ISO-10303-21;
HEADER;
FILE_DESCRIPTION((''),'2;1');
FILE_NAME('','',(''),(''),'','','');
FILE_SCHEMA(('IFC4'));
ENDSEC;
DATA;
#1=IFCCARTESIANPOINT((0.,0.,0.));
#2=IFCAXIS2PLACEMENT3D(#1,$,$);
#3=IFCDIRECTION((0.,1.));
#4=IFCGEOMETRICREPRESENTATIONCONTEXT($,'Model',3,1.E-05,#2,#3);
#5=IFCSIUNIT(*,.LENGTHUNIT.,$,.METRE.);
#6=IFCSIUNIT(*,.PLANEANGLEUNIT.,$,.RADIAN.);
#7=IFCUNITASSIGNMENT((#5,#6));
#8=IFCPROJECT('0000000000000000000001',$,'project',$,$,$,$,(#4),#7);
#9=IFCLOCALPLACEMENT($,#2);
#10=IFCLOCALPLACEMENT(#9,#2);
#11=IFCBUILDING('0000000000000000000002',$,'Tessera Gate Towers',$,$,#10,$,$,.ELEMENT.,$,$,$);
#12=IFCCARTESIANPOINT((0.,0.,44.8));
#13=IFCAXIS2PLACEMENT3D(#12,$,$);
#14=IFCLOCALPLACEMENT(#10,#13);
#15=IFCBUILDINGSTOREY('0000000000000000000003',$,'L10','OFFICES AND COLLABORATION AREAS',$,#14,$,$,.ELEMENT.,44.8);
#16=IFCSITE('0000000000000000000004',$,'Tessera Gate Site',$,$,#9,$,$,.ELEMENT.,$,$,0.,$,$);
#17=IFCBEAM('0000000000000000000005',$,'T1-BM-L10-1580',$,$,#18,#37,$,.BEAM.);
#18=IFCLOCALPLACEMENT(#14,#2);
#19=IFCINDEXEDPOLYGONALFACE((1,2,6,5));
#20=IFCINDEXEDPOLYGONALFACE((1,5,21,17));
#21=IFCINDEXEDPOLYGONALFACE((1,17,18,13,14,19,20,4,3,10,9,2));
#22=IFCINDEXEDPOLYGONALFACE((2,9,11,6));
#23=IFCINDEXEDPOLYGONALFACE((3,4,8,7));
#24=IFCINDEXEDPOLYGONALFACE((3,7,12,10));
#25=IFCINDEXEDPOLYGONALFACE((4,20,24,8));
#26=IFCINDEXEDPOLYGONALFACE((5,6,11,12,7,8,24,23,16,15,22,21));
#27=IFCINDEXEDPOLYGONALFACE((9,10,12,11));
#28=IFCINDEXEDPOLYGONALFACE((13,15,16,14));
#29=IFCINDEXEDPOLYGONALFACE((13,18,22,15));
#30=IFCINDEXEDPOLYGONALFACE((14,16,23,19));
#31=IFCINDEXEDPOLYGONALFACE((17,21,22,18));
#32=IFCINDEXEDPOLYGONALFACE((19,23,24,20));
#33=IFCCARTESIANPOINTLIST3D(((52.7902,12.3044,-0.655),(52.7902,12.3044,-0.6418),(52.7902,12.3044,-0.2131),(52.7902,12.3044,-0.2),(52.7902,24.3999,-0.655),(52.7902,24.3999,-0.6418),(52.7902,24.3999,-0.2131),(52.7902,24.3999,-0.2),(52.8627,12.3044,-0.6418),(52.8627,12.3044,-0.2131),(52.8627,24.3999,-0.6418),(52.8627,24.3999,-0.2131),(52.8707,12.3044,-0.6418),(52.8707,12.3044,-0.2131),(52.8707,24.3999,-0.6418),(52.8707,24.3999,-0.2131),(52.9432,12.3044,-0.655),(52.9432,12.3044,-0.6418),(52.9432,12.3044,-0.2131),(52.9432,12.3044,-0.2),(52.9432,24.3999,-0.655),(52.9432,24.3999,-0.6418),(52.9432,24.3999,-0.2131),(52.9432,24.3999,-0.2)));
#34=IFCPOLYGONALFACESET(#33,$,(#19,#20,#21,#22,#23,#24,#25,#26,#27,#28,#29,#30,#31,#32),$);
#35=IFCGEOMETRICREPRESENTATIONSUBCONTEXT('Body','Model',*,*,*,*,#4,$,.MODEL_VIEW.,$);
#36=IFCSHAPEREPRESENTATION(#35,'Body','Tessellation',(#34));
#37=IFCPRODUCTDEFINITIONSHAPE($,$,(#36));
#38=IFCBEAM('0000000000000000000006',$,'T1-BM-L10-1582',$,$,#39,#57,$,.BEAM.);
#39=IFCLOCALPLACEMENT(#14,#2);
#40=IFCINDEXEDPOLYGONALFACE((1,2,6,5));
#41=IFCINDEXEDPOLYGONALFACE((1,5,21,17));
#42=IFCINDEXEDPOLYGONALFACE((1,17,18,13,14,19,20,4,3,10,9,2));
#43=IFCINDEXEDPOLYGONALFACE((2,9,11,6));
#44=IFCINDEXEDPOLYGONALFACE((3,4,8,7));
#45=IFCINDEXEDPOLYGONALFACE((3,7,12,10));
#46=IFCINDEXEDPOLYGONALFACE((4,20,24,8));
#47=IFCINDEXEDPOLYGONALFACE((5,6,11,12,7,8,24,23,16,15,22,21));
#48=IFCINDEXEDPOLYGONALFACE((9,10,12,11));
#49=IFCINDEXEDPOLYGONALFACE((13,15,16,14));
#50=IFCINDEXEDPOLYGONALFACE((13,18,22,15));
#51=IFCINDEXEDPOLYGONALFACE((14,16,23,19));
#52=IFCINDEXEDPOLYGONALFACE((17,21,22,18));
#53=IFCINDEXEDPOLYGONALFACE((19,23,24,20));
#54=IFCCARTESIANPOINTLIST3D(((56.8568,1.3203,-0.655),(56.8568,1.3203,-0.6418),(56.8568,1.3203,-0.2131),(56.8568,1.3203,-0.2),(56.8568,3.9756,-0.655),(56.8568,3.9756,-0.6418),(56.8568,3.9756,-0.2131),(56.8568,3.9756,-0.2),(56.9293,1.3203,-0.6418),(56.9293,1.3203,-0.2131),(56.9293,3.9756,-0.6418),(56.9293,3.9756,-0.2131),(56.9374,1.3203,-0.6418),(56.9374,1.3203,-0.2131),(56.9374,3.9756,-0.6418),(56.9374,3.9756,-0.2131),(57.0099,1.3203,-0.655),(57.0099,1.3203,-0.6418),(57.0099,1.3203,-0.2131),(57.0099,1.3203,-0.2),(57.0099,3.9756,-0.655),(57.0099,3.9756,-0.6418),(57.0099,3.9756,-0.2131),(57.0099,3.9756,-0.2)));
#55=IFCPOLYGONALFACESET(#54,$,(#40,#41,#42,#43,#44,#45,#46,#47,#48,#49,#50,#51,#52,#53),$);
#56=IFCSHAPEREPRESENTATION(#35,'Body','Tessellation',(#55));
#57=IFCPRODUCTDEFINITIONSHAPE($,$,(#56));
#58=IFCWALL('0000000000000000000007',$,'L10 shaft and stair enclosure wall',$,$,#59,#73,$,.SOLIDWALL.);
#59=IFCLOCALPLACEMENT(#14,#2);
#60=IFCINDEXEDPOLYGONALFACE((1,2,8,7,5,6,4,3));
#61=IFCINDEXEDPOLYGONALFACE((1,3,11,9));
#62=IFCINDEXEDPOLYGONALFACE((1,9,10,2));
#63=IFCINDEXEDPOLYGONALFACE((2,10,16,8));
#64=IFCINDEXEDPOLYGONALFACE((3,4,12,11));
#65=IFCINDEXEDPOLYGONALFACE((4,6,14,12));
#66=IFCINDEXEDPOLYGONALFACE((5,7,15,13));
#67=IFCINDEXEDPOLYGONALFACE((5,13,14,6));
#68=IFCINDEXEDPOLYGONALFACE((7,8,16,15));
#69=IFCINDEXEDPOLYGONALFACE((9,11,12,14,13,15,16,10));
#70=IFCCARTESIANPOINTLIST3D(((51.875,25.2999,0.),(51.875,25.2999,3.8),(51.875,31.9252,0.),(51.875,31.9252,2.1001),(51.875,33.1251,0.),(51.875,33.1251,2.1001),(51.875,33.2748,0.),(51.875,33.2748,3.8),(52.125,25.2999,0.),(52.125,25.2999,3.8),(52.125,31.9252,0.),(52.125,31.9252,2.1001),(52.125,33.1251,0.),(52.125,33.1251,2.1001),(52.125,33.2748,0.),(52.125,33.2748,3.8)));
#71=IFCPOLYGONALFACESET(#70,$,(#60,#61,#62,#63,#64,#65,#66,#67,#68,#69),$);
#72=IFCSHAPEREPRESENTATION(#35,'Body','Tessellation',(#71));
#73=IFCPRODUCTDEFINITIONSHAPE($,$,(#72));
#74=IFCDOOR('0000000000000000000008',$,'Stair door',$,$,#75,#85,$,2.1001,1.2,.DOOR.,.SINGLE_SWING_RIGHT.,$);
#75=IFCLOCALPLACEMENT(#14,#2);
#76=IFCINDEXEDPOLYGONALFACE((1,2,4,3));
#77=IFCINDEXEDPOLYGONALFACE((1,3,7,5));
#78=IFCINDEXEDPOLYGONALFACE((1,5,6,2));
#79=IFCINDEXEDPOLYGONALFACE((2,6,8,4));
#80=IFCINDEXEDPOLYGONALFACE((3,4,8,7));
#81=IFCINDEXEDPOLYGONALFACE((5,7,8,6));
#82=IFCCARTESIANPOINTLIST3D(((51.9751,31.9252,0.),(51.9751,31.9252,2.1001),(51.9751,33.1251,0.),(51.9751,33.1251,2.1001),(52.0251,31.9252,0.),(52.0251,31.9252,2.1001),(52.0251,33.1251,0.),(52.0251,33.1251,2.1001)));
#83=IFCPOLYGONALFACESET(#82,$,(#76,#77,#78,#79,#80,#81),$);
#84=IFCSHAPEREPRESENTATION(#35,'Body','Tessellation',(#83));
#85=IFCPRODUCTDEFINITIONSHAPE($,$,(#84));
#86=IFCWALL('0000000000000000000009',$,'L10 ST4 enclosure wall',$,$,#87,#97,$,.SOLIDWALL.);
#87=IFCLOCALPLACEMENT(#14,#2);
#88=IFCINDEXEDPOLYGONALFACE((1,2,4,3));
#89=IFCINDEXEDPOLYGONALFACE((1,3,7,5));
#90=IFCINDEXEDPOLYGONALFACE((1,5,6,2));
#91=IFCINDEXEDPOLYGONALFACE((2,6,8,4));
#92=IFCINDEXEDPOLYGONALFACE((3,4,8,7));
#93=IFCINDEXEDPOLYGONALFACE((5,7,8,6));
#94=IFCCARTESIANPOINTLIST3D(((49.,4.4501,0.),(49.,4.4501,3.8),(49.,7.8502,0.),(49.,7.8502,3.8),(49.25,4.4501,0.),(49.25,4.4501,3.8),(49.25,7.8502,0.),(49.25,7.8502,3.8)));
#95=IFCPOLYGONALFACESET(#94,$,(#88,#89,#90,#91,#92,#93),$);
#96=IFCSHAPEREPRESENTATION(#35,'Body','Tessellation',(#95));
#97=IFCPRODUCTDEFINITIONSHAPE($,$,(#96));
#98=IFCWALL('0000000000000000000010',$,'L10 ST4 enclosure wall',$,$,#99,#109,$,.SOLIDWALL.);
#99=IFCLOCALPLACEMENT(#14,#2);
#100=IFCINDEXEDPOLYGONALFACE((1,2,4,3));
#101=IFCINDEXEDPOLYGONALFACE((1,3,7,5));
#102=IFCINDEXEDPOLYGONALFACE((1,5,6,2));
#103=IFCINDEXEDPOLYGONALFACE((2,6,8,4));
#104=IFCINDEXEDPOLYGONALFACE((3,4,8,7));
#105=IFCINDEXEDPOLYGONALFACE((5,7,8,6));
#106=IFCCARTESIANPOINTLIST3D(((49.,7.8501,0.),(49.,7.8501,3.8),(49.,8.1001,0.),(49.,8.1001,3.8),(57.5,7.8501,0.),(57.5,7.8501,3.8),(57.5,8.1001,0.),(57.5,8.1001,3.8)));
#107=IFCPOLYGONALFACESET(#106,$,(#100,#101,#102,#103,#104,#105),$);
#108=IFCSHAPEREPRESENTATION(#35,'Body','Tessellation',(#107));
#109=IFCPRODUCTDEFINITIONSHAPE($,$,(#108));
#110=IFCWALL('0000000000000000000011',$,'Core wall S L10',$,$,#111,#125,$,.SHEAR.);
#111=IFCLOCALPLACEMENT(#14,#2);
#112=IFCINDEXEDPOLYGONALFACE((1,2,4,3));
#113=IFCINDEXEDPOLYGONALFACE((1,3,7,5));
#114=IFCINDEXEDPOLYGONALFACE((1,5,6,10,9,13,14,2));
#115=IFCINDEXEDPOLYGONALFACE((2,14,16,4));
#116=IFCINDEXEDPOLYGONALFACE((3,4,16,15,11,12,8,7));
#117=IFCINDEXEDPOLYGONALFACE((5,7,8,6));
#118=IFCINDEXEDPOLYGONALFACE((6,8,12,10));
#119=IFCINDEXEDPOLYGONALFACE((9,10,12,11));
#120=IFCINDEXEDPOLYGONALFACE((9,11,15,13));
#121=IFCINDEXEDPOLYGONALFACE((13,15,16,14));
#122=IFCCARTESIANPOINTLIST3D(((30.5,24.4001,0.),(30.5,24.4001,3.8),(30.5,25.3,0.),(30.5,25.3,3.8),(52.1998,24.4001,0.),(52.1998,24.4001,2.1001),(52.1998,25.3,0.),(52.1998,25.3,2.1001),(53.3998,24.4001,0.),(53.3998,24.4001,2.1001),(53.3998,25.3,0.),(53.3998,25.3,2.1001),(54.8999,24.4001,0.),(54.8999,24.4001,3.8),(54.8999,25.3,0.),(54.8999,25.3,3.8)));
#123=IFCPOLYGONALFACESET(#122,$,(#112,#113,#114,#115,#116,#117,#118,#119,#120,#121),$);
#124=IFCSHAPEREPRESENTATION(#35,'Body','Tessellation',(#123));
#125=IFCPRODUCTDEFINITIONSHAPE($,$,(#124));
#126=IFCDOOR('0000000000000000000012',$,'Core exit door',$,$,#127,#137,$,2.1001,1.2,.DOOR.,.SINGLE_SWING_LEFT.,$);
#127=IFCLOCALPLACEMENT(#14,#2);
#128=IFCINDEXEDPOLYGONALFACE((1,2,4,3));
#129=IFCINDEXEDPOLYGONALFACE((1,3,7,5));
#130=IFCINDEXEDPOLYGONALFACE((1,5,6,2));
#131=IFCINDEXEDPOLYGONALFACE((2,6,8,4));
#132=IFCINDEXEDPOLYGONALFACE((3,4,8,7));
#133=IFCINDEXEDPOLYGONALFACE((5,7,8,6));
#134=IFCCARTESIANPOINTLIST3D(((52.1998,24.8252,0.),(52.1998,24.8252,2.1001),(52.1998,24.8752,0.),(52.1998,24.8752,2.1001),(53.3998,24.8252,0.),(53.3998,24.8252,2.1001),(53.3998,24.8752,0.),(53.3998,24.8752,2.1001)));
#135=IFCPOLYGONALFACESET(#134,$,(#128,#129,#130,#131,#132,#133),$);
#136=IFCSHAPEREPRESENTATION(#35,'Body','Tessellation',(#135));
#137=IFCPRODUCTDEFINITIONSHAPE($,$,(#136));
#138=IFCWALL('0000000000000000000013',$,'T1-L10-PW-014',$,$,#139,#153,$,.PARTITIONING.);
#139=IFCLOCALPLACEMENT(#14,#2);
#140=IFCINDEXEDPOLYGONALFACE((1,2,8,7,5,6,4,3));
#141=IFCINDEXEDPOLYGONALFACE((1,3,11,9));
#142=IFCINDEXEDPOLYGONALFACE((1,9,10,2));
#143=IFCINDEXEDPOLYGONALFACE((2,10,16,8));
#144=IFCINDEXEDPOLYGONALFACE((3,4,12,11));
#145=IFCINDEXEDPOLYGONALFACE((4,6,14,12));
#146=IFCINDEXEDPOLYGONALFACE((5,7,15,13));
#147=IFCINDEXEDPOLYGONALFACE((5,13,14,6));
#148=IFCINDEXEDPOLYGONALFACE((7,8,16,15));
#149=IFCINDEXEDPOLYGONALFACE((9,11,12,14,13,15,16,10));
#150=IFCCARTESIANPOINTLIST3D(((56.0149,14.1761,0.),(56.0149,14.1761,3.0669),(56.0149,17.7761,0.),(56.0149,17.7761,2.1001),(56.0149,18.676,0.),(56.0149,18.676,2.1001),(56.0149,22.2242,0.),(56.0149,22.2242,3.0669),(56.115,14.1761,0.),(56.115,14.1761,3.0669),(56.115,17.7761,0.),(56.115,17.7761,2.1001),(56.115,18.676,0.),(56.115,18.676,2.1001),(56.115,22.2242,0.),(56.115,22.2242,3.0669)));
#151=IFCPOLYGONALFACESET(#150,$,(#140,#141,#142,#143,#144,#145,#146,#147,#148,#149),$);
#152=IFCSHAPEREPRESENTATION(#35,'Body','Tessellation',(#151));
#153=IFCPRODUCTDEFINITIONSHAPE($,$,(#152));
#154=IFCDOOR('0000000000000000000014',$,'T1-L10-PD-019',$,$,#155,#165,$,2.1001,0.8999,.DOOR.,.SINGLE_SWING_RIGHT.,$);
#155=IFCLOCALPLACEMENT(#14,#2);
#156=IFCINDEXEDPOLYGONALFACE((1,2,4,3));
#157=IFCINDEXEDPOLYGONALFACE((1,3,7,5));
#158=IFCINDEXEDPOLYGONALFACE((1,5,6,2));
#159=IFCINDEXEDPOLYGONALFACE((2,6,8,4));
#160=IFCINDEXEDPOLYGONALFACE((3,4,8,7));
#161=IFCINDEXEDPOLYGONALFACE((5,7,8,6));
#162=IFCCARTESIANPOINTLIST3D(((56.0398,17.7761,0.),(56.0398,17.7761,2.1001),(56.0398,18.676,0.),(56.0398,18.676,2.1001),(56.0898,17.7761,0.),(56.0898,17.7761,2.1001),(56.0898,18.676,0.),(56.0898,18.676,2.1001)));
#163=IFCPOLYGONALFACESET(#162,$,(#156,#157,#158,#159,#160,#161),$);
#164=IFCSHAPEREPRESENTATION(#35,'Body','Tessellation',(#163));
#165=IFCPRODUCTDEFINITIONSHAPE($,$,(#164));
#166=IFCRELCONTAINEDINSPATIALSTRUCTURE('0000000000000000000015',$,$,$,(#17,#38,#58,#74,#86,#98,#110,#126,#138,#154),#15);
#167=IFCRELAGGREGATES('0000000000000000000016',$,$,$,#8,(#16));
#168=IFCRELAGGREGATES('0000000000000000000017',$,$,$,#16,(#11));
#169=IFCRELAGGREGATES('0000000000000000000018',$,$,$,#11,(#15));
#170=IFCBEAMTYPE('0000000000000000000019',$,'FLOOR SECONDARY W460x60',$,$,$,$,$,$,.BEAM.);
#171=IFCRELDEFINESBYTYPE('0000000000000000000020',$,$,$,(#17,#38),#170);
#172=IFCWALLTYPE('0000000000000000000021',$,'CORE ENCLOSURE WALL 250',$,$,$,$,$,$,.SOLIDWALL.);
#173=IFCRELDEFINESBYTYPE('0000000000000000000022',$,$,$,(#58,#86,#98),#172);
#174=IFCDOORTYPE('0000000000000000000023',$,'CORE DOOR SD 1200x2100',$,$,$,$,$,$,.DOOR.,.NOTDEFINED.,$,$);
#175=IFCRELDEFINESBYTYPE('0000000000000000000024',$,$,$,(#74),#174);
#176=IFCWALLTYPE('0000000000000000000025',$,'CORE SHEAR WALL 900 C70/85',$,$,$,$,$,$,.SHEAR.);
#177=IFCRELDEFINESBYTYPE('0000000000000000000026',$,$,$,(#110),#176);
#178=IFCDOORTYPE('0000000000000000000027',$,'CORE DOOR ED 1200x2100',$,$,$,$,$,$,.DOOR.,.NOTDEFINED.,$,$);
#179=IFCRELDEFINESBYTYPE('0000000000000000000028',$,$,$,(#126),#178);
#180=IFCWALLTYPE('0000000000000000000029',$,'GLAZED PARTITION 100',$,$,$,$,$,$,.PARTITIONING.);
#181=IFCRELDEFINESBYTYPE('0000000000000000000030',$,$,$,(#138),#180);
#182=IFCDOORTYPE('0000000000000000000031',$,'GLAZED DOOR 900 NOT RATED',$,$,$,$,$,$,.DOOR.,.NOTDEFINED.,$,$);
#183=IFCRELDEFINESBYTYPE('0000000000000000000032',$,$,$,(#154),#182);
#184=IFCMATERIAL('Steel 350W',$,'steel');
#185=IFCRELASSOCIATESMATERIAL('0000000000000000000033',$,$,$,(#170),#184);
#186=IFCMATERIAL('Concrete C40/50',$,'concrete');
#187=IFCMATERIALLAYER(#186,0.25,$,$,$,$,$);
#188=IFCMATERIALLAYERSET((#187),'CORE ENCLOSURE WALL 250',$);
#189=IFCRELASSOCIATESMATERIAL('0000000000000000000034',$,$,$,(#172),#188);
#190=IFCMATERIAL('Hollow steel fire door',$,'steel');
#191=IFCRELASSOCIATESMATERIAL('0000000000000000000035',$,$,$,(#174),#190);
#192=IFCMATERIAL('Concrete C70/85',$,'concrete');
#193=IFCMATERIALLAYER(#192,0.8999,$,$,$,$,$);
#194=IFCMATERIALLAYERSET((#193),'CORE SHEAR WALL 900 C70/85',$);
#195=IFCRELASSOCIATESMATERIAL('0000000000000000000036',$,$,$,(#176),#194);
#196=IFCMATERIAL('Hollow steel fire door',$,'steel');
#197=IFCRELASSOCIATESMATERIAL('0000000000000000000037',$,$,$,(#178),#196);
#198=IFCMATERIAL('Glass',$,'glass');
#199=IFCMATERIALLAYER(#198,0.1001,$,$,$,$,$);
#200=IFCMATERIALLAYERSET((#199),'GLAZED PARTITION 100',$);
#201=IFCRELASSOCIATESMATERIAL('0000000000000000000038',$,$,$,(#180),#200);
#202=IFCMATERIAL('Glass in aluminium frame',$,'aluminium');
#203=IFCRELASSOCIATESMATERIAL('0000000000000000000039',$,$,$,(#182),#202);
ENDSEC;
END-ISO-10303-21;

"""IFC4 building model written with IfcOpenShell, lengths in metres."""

from ifc_helpers import new_model, si_unit, direction, frame, frame_2d, origin, origin_2d, place, context, subcontext, project, spatial, rectangle, i_section, extrude, source, transform, mapped, material, layer, layer_set, material_profile, profile_set, type_object, element, fill, save


model = new_model("IFC4")

# Units and contexts
model_context = context("Model", 3, precision=1e-05, world=origin(), true_north=direction((0.0, 1.0)))
body_context = subcontext(model_context, "Body", "Model", "MODEL_VIEW")
ifc_project = project(units=[si_unit("LENGTHUNIT", "METRE"), si_unit("PLANEANGLEUNIT", "RADIAN")], contexts=[model_context])

# Site, building, storey
site_placement = place(None, origin())
site = spatial("IfcSite", under=ifc_project, at=site_placement, Name="Tessera Gate Site", CompositionType="ELEMENT", RefElevation=0.0)
building_placement = place(site_placement, origin())
building = spatial("IfcBuilding", under=site, at=building_placement, Name="Tessera Gate Towers", CompositionType="ELEMENT")
storey_placement = place(building_placement, frame((0.0, 0.0, 44.8)))
storey = spatial("IfcBuildingStorey", under=building, at=storey_placement, Name="L10", Description="OFFICES AND COLLABORATION AREAS", CompositionType="ELEMENT", Elevation=44.8)

# Beams
ifc_material_1 = material(Name="Steel 350W", Category="steel")
ifc_material_profile_1 = material_profile(ifc_material_1, i_section(OverallWidth=0.1531, OverallDepth=0.4551, WebThickness=0.0081, FlangeThickness=0.0132, at=origin_2d()), Name="W460x60")
ifc_profile_set_1 = profile_set([ifc_material_profile_1], Name="Steel 350W")
beam_type_1 = type_object("IfcBeamType", Name="FLOOR SECONDARY W460x60", PredefinedType="BEAM", material=ifc_profile_set_1)
beam_1_placement = place(storey_placement, frame((52.8667, 12.3044, -0.4275), z_axis=(0.0, 1.0, 0.0), x_axis=(-1.0, 0.0, 0.0)))
element("IfcBeam", 1, at=beam_1_placement, inside=storey, type_object=beam_type_1, Name="T1-BM-L10-1580", PredefinedType="BEAM", context=body_context, shape_type="SweptSolid", body=[
    extrude(i_section(OverallWidth=0.1531, OverallDepth=0.4551, WebThickness=0.0081, FlangeThickness=0.0132, at=origin_2d()), origin(), (0.0, 0.0, 1.0), 12.0955),
])
beam_2_placement = place(storey_placement, frame((56.9333, 1.3203, -0.4275), z_axis=(0.0, 1.0, 0.0), x_axis=(-1.0, 0.0, 0.0)))
element("IfcBeam", 2, at=beam_2_placement, inside=storey, type_object=beam_type_1, Name="T1-BM-L10-1582", PredefinedType="BEAM", context=body_context, shape_type="SweptSolid", body=[
    extrude(i_section(OverallWidth=0.1531, OverallDepth=0.4551, WebThickness=0.0081, FlangeThickness=0.0132, at=origin_2d()), origin(), (0.0, 0.0, 1.0), 2.6553),
])

# Wall, opening, door
ifc_material_2 = material(Name="Concrete C40/50", Category="concrete")
ifc_layer_1 = layer(ifc_material_2, 0.25)
ifc_layer_set_1 = layer_set([ifc_layer_1], Name="CORE ENCLOSURE WALL 250")
wall_type_1 = type_object("IfcWallType", Name="CORE ENCLOSURE WALL 250", PredefinedType="SOLIDWALL", material=ifc_layer_set_1)
wall_1_placement = place(storey_placement, frame((52.0, 25.3, 0.0), z_axis=(0.0, 0.0, 1.0), x_axis=(0.0, 1.0, 0.0)))
wall_1 = element("IfcWall", 3, at=wall_1_placement, inside=storey, type_object=wall_type_1, Name="L10 shaft and stair enclosure wall", PredefinedType="SOLIDWALL", context=body_context, shape_type="SweptSolid", body=[
    extrude(rectangle(XDim=7.9749, YDim=0.25, at=frame_2d((3.9873, 0.0))), origin(), (0.0, 0.0, 1.0), 3.8),
])
shared_shape_1 = source(origin(), body_context, "Body", "SweptSolid", [
    extrude(rectangle(XDim=1.2, YDim=2.1001, at=frame_2d((0.6001, 1.05))), frame((0.0, 0.135, 0.0), z_axis=(0.0, -1.0, 0.0), x_axis=(1.0, 0.0, 0.0)), (0.0, 0.0, 1.0), 0.27),
])
opening_1_placement = place(wall_1_placement, frame((6.625, 0.0, 0.0)))
opening_1 = element("IfcOpeningElement", 4, at=opening_1_placement, cuts=wall_1, PredefinedType="OPENING", context=body_context, shape_type="MappedRepresentation", body=[
    mapped(shared_shape_1, transform((0.0, 0.0, 0.0), scale=1.0)),
])
ifc_material_3 = material(Name="Hollow steel fire door", Category="steel")
door_type_1 = type_object("IfcDoorType", Name="CORE DOOR SD 1200x2100", OperationType="NOTDEFINED", PredefinedType="DOOR", material=ifc_material_3)
shared_shape_2 = source(origin(), body_context, "Body", "SweptSolid", [
    extrude(rectangle(XDim=1.2, YDim=2.1001, at=frame_2d((0.6001, 1.05))), frame((0.0, 0.0249, 0.0), z_axis=(0.0, -1.0, 0.0), x_axis=(1.0, 0.0, 0.0)), (0.0, 0.0, 1.0), 0.05),
])
door_1_placement = place(opening_1_placement, origin())
door_1 = element("IfcDoor", 5, at=door_1_placement, inside=storey, type_object=door_type_1, Name="Stair door", OperationType="SINGLE_SWING_RIGHT", OverallHeight=2.1001, OverallWidth=1.2, PredefinedType="DOOR", context=body_context, shape_type="MappedRepresentation", body=[
    mapped(shared_shape_2, transform((0.0, 0.0, 0.0), scale=1.0)),
])
fill(opening_1, door_1)

# Walls
wall_2_placement = place(storey_placement, frame((49.125, 4.45, 0.0), z_axis=(0.0, 0.0, 1.0), x_axis=(0.0, 1.0, 0.0)))
element("IfcWall", 6, at=wall_2_placement, inside=storey, type_object=wall_type_1, Name="L10 ST4 enclosure wall", PredefinedType="SOLIDWALL", context=body_context, shape_type="SweptSolid", body=[
    extrude(rectangle(XDim=3.4001, YDim=0.25, at=frame_2d((1.7002, 0.0))), origin(), (0.0, 0.0, 1.0), 3.8),
])
wall_3_placement = place(storey_placement, frame((49.0, 7.9751, 0.0), z_axis=(0.0, 0.0, 1.0), x_axis=(1.0, 0.0, 0.0)))
element("IfcWall", 7, at=wall_3_placement, inside=storey, type_object=wall_type_1, Name="L10 ST4 enclosure wall", PredefinedType="SOLIDWALL", context=body_context, shape_type="SweptSolid", body=[
    extrude(rectangle(XDim=8.5, YDim=0.25, at=frame_2d((4.25, 0.0))), origin(), (0.0, 0.0, 1.0), 3.8),
])

# Walls, openings, doors
ifc_material_4 = material(Name="Concrete C70/85", Category="concrete")
ifc_layer_2 = layer(ifc_material_4, 0.8999)
ifc_layer_set_2 = layer_set([ifc_layer_2], Name="CORE SHEAR WALL 900 C70/85")
wall_type_2 = type_object("IfcWallType", Name="CORE SHEAR WALL 900 C70/85", PredefinedType="SHEAR", material=ifc_layer_set_2)
wall_4_placement = place(storey_placement, frame((54.8999, 24.8501, 0.0), z_axis=(0.0, 0.0, 1.0), x_axis=(-1.0, 0.0, 0.0)))
wall_4 = element("IfcWall", 8, at=wall_4_placement, inside=storey, type_object=wall_type_2, Name="Core wall S L10", PredefinedType="SHEAR", context=body_context, shape_type="SweptSolid", body=[
    extrude(rectangle(XDim=24.3999, YDim=0.8999, at=frame_2d((12.2, 0.0))), origin(), (0.0, 0.0, 1.0), 3.8),
])
shared_shape_3 = source(origin(), body_context, "Body", "SweptSolid", [
    extrude(rectangle(XDim=1.2, YDim=2.1001, at=frame_2d((0.6001, 1.05))), frame((0.0, 0.46, 0.0), z_axis=(0.0, -1.0, 0.0), x_axis=(1.0, 0.0, 0.0)), (0.0, 0.0, 1.0), 0.9199),
])
opening_2_placement = place(wall_4_placement, frame((1.5, 0.0, 0.0)))
opening_2 = element("IfcOpeningElement", 9, at=opening_2_placement, cuts=wall_4, PredefinedType="OPENING", context=body_context, shape_type="MappedRepresentation", body=[
    mapped(shared_shape_3, transform((0.0, 0.0, 0.0), scale=1.0)),
])
ifc_material_5 = material(Name="Hollow steel fire door", Category="steel")
door_type_2 = type_object("IfcDoorType", Name="CORE DOOR ED 1200x2100", OperationType="NOTDEFINED", PredefinedType="DOOR", material=ifc_material_5)
door_2_placement = place(opening_2_placement, origin())
door_2 = element("IfcDoor", 10, at=door_2_placement, inside=storey, type_object=door_type_2, Name="Core exit door", OperationType="SINGLE_SWING_LEFT", OverallHeight=2.1001, OverallWidth=1.2, PredefinedType="DOOR", context=body_context, shape_type="MappedRepresentation", body=[
    mapped(shared_shape_2, transform((0.0, 0.0, 0.0), scale=1.0)),
])
fill(opening_2, door_2)
ifc_material_6 = material(Name="Glass", Category="glass")
ifc_layer_3 = layer(ifc_material_6, 0.1001)
ifc_layer_set_3 = layer_set([ifc_layer_3], Name="GLAZED PARTITION 100")
wall_type_3 = type_object("IfcWallType", Name="GLAZED PARTITION 100", PredefinedType="PARTITIONING", material=ifc_layer_set_3)
wall_5_placement = place(storey_placement, frame((56.0649, 22.2241, 0.0), z_axis=(0.0, 0.0, 1.0), x_axis=(0.0, -1.0, 0.0)))
wall_5 = element("IfcWall", 11, at=wall_5_placement, inside=storey, type_object=wall_type_3, Name="T1-L10-PW-014", PredefinedType="PARTITIONING", context=body_context, shape_type="SweptSolid", body=[
    extrude(rectangle(XDim=8.0481, YDim=0.1001, at=frame_2d((4.0239, 0.0))), origin(), (0.0, 0.0, 1.0), 3.0669),
])
shared_shape_4 = source(origin(), body_context, "Body", "SweptSolid", [
    extrude(rectangle(XDim=0.8999, YDim=2.1001, at=frame_2d((0.45, 1.05))), frame((0.0, 0.0601, 0.0), z_axis=(0.0, -1.0, 0.0), x_axis=(1.0, 0.0, 0.0)), (0.0, 0.0, 1.0), 0.1201),
])
opening_3_placement = place(wall_5_placement, frame((3.5481, 0.0, 0.0)))
opening_3 = element("IfcOpeningElement", 12, at=opening_3_placement, cuts=wall_5, PredefinedType="OPENING", context=body_context, shape_type="MappedRepresentation", body=[
    mapped(shared_shape_4, transform((0.0, 0.0, 0.0), scale=1.0)),
])
ifc_material_7 = material(Name="Glass in aluminium frame", Category="aluminium")
door_type_3 = type_object("IfcDoorType", Name="GLAZED DOOR 900 NOT RATED", OperationType="NOTDEFINED", PredefinedType="DOOR", material=ifc_material_7)
shared_shape_5 = source(origin(), body_context, "Body", "SweptSolid", [
    extrude(rectangle(XDim=0.8999, YDim=2.1001, at=frame_2d((0.45, 1.05))), frame((0.0, 0.0249, 0.0), z_axis=(0.0, -1.0, 0.0), x_axis=(1.0, 0.0, 0.0)), (0.0, 0.0, 1.0), 0.05),
])
door_3_placement = place(opening_3_placement, origin())
door_3 = element("IfcDoor", 13, at=door_3_placement, inside=storey, type_object=door_type_3, Name="T1-L10-PD-019", OperationType="SINGLE_SWING_RIGHT", OverallHeight=2.1001, OverallWidth=0.8999, PredefinedType="DOOR", context=body_context, shape_type="MappedRepresentation", body=[
    mapped(shared_shape_5, transform((0.0, 0.0, 0.0), scale=1.0)),
])
fill(opening_3, door_3)

save(model, "model.ifc")
